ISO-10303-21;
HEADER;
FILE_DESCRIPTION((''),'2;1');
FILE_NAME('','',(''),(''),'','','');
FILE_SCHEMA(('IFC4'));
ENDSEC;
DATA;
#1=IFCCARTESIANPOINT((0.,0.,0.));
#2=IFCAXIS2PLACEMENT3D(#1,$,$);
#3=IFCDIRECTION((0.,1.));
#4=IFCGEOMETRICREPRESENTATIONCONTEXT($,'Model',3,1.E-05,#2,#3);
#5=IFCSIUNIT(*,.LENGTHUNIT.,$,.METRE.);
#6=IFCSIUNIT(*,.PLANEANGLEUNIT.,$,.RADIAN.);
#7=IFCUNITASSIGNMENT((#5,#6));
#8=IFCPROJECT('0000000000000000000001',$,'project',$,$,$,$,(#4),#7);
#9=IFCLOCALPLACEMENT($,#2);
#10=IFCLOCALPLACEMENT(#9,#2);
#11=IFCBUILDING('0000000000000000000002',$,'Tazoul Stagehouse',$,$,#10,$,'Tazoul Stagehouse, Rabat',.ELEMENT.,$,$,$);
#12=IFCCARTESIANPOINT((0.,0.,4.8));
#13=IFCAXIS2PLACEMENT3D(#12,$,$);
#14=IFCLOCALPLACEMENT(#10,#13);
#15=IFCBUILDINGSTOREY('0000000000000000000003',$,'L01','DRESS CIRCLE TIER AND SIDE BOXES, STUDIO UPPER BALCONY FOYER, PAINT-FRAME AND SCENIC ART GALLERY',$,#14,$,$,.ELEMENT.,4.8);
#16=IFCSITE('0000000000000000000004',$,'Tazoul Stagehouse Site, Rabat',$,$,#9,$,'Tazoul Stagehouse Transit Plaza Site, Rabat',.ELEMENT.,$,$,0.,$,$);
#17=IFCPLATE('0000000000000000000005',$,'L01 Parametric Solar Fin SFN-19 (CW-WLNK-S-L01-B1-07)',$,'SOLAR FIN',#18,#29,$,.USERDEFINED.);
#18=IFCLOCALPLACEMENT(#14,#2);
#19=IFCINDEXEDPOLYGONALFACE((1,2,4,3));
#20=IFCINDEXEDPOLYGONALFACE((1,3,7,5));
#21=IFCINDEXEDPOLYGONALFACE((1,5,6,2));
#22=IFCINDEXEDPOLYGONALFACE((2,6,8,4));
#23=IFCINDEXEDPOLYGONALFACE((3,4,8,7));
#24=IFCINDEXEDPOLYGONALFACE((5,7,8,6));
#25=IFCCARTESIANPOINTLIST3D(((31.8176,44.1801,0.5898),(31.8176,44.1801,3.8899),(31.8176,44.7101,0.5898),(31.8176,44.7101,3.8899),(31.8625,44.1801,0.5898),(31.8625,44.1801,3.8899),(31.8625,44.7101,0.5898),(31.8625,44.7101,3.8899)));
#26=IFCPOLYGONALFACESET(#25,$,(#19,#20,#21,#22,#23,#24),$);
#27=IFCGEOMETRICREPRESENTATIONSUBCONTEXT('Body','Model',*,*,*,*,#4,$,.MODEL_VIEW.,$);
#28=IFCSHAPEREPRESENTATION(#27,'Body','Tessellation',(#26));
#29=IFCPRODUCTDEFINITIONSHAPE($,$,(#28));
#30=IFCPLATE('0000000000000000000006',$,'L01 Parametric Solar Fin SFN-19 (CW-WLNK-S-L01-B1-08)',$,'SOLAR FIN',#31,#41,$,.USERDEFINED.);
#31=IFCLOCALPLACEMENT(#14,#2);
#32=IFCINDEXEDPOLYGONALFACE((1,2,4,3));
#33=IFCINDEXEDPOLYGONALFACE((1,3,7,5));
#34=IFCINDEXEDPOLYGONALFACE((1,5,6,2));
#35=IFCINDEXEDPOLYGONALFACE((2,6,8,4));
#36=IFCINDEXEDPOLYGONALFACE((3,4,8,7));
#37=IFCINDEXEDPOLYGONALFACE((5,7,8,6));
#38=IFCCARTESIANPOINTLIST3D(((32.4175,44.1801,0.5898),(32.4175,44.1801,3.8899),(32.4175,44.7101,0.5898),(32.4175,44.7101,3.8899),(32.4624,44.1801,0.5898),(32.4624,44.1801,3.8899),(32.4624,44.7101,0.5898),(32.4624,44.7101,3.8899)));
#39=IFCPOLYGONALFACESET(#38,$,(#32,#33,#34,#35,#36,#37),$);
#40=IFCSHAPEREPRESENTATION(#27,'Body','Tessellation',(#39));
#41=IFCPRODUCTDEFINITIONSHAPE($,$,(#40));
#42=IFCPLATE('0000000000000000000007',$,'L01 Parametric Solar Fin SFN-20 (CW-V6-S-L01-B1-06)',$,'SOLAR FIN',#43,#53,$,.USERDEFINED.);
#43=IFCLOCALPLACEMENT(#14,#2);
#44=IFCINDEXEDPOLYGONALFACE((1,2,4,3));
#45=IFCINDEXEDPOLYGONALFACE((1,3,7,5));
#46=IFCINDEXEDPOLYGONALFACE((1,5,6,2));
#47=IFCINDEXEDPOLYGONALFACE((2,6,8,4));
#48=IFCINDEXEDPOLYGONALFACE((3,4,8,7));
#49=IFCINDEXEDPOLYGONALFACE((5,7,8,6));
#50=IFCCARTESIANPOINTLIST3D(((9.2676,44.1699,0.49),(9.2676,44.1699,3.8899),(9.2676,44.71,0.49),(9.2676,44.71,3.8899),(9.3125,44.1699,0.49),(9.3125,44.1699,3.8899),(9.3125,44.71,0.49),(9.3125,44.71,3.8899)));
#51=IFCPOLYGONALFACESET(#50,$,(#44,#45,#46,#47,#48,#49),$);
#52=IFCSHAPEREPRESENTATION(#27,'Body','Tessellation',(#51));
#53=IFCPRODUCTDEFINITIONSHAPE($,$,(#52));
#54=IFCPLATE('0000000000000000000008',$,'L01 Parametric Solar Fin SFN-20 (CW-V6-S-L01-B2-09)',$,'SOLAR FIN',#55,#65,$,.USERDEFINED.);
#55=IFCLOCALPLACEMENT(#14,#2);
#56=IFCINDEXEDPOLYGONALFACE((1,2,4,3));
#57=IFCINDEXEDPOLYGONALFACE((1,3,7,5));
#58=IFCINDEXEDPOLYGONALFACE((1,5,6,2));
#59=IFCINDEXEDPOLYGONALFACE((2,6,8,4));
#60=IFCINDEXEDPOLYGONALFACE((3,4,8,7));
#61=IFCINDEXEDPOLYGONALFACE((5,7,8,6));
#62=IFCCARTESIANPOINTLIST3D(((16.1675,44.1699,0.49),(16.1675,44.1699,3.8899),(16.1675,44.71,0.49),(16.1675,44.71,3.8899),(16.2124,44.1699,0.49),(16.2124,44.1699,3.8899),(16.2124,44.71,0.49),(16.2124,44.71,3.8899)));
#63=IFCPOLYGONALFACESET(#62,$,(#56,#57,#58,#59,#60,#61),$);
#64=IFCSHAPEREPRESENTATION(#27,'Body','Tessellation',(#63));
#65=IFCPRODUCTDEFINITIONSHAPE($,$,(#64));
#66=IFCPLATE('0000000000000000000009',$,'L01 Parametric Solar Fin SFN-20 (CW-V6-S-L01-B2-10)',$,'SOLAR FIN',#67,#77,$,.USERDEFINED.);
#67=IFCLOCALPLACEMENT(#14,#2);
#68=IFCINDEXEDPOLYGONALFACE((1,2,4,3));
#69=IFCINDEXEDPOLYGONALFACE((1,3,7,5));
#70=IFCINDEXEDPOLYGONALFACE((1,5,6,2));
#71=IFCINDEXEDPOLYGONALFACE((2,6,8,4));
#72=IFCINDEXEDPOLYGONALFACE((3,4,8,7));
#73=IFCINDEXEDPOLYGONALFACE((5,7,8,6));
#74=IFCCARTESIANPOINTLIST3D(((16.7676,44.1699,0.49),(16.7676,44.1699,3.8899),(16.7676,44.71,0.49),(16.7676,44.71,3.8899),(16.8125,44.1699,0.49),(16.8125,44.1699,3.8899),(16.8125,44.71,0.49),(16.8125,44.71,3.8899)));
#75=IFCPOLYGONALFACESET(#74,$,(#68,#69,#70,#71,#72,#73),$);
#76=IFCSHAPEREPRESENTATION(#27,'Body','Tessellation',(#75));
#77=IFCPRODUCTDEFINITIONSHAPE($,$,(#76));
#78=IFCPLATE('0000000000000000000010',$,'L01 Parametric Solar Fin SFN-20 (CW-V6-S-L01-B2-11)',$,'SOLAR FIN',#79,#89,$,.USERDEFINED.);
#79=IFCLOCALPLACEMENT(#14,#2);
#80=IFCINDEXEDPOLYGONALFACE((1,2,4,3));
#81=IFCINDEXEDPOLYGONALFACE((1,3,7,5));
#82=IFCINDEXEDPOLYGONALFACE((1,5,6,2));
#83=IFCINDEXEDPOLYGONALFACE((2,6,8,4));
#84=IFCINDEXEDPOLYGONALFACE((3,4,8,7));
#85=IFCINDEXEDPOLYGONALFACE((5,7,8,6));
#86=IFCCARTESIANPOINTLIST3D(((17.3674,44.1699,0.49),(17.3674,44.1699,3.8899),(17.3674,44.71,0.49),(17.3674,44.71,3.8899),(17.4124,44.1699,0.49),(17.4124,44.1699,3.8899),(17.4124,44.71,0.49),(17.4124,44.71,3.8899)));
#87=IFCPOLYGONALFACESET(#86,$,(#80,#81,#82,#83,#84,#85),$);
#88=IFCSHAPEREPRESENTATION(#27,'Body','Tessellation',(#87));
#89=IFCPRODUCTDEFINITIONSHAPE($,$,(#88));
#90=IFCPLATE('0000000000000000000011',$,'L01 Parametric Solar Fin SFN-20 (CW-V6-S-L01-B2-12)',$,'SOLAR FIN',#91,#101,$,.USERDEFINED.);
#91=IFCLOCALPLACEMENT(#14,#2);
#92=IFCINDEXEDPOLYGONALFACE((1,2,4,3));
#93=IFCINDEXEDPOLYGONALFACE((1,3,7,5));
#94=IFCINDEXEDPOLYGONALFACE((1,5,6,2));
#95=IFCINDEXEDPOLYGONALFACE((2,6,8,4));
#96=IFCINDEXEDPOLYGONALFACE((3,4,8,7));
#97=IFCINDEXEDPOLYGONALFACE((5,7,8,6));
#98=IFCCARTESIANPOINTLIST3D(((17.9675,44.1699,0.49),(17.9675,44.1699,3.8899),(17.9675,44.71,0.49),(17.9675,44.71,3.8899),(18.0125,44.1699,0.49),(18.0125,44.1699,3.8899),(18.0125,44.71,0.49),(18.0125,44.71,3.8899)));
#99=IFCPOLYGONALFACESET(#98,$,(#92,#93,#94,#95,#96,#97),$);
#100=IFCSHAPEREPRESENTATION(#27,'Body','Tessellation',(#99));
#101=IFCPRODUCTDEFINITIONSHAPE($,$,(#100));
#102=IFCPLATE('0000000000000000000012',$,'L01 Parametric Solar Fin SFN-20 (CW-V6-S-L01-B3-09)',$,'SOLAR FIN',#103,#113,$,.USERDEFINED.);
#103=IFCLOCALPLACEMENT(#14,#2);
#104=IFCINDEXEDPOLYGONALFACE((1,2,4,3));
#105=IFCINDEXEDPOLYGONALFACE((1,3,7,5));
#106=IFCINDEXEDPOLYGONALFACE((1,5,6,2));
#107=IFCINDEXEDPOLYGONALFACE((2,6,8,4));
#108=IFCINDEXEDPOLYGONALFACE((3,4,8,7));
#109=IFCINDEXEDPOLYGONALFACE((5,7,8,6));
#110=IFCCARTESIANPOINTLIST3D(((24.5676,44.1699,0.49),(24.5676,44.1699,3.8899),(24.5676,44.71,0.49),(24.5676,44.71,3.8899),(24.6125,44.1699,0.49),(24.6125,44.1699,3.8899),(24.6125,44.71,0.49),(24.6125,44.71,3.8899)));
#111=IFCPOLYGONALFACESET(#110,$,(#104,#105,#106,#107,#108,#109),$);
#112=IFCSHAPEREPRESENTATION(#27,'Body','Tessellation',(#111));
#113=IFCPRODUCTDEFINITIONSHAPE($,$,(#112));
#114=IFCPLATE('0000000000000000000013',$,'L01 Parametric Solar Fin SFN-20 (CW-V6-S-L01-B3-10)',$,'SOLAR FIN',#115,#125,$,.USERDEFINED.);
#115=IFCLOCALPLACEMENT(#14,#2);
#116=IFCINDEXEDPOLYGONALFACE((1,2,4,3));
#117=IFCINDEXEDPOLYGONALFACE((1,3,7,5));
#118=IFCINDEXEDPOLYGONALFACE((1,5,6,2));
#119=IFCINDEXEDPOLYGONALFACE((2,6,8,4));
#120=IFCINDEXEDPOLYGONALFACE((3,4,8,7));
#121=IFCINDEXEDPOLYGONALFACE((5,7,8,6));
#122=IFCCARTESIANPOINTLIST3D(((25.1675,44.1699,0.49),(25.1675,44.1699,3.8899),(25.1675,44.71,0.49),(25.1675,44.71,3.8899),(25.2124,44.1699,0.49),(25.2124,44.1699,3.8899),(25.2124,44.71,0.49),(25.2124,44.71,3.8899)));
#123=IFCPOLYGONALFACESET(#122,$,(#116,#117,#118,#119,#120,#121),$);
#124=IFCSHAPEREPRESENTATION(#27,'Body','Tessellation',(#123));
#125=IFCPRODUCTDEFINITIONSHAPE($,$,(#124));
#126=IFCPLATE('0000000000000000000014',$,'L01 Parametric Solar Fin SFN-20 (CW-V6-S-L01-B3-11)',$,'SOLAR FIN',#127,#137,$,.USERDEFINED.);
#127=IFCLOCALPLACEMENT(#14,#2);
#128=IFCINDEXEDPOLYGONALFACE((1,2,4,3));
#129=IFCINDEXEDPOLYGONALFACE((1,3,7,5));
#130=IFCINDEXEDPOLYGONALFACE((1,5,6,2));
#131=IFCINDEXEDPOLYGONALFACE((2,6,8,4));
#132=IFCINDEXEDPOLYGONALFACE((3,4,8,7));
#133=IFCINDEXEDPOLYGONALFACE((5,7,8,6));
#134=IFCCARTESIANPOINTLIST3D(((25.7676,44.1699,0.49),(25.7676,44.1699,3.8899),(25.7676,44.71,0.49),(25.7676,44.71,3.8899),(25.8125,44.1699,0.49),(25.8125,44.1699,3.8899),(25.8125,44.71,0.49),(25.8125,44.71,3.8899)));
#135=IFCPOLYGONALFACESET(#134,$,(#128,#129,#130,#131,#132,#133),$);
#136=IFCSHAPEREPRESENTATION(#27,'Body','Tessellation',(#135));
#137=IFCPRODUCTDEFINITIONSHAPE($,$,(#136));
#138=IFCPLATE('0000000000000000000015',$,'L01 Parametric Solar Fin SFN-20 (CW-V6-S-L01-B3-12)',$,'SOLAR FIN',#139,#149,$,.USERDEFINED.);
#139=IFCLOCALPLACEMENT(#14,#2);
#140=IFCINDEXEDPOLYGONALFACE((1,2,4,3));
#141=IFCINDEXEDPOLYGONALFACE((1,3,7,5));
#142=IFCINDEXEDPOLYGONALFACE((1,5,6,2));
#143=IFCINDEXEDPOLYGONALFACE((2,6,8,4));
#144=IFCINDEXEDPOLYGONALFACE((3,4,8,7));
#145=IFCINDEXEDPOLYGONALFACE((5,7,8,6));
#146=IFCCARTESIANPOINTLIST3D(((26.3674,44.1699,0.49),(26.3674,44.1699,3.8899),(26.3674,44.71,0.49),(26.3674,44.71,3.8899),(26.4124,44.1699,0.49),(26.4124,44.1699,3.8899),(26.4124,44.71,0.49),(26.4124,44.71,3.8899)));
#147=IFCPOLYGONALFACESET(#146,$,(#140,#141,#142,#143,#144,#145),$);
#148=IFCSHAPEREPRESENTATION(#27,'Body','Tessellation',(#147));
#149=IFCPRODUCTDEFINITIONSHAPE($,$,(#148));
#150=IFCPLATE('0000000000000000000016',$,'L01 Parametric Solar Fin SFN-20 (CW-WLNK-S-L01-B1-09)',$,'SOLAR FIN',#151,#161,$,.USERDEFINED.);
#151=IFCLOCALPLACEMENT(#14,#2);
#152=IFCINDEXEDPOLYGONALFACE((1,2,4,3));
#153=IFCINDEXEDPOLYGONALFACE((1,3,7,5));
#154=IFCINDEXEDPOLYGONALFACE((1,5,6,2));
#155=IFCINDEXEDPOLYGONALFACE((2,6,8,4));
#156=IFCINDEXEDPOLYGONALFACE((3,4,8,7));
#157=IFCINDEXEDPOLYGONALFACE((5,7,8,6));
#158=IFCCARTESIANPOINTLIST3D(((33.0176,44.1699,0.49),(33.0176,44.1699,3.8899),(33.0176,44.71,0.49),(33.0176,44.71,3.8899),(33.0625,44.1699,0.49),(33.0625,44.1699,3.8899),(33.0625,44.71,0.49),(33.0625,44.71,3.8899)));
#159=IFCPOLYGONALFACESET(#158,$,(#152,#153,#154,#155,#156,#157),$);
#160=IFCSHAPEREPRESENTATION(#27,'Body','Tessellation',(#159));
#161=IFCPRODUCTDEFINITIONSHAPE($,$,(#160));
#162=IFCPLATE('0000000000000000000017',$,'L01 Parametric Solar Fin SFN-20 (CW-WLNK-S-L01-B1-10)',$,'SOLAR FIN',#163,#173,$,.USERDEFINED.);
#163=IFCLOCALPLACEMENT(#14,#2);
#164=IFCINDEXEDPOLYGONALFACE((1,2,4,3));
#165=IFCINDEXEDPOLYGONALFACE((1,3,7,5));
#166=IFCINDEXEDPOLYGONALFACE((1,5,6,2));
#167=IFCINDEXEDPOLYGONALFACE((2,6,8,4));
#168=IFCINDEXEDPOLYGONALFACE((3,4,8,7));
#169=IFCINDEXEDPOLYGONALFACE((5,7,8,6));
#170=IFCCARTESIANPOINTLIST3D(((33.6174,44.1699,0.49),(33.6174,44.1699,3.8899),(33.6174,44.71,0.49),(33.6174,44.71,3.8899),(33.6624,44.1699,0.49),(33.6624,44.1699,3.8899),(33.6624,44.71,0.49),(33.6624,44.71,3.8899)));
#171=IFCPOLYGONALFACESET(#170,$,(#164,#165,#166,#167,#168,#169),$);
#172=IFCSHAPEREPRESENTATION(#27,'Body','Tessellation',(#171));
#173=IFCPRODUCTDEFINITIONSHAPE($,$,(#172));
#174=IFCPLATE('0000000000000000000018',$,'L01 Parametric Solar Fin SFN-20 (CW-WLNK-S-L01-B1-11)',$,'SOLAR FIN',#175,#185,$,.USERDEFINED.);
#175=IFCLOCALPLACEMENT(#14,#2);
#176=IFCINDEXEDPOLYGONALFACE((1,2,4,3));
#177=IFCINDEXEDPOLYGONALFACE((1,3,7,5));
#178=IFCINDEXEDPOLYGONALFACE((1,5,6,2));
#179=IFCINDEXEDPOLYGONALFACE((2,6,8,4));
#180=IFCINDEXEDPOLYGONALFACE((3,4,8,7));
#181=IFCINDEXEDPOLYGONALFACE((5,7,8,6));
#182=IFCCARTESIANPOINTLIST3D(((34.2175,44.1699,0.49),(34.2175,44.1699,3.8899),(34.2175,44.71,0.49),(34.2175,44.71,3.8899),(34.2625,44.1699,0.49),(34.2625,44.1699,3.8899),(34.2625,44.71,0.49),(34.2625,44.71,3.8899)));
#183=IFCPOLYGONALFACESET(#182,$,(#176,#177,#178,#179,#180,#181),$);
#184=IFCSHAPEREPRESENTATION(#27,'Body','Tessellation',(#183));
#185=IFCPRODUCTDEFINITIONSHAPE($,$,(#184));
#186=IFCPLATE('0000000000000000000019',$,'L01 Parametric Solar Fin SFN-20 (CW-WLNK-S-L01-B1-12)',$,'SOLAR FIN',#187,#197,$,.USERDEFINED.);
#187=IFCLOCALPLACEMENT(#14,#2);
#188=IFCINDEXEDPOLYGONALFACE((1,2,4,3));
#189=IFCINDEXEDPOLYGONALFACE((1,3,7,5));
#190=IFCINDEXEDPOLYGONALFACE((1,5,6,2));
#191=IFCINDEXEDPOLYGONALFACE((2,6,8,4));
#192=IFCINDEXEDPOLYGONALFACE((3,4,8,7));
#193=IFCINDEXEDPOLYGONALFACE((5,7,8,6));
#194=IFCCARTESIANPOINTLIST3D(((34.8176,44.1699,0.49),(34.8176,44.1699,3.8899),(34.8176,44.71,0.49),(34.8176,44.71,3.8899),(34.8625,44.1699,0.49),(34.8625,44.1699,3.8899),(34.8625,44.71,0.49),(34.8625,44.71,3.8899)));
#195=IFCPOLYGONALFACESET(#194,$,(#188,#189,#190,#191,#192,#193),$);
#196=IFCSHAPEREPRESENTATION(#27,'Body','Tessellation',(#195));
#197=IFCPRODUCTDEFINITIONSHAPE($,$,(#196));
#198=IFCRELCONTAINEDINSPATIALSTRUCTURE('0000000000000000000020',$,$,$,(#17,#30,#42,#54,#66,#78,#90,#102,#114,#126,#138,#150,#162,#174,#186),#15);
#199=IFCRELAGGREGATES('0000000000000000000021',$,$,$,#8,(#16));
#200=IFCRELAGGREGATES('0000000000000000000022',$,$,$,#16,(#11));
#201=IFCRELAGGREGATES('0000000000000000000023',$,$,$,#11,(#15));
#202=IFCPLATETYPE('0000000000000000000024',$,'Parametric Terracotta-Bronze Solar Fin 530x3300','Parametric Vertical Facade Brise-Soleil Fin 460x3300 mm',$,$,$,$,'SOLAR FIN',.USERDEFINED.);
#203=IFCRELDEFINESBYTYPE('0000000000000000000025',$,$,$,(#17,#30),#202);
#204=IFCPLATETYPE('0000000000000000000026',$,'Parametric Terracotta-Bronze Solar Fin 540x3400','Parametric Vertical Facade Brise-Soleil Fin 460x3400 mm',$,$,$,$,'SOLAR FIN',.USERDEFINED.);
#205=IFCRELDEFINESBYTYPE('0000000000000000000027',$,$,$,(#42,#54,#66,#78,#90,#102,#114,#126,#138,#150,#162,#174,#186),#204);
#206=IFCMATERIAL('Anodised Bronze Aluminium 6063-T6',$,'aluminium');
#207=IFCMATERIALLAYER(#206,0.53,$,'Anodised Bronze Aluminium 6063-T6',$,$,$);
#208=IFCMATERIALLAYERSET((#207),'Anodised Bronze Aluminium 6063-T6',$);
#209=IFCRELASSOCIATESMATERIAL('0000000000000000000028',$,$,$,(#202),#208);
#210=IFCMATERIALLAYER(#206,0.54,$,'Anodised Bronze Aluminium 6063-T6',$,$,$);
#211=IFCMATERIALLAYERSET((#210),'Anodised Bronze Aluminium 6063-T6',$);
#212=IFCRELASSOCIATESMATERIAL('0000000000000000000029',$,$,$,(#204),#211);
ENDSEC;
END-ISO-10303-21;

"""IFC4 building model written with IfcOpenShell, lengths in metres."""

from ifc_helpers import new_model, si_unit, direction, frame, origin, origin_2d, place, context, subcontext, project, spatial, rectangle, extrude, material, layer, layer_set, type_object, element, save


model = new_model("IFC4")

# Units and contexts
model_context = context("Model", 3, precision=1e-05, world=origin(), true_north=direction((0.0, 1.0)))
body_context = subcontext(model_context, "Body", "Model", "MODEL_VIEW")
ifc_project = project(units=[si_unit("LENGTHUNIT", "METRE"), si_unit("PLANEANGLEUNIT", "RADIAN")], contexts=[model_context])

# Site, building, storey
site_placement = place(None, origin())
site = spatial("IfcSite", under=ifc_project, at=site_placement, Name="Tazoul Stagehouse Site, Rabat", LongName="Tazoul Stagehouse Transit Plaza Site, Rabat", CompositionType="ELEMENT", RefElevation=0.0)
building_placement = place(site_placement, origin())
building = spatial("IfcBuilding", under=site, at=building_placement, Name="Tazoul Stagehouse", LongName="Tazoul Stagehouse, Rabat", CompositionType="ELEMENT")
storey_placement = place(building_placement, frame((0.0, 0.0, 4.8)))
storey = spatial("IfcBuildingStorey", under=building, at=storey_placement, Name="L01", Description="DRESS CIRCLE TIER AND SIDE BOXES, STUDIO UPPER BALCONY FOYER, PAINT-FRAME AND SCENIC ART GALLERY", CompositionType="ELEMENT", Elevation=4.8)

# Plates
ifc_material_1 = material(Name="Anodised Bronze Aluminium 6063-T6", Category="aluminium")
ifc_layer_1 = layer(ifc_material_1, 0.53, Name="Anodised Bronze Aluminium 6063-T6")
ifc_layer_set_1 = layer_set([ifc_layer_1], Name="Anodised Bronze Aluminium 6063-T6")
plate_type_1 = type_object("IfcPlateType", Name="Parametric Terracotta-Bronze Solar Fin 530x3300", Description="Parametric Vertical Facade Brise-Soleil Fin 460x3300 mm", ElementType="SOLAR FIN", PredefinedType="USERDEFINED", material=ifc_layer_set_1)
for number, where, z_axis, x_axis, name in (
    (1, (31.8401, 44.4451, 0.5898), (0.0, 0.0, 1.0), (1.0, 0.0, 0.0), "L01 Parametric Solar Fin SFN-19 (CW-WLNK-S-L01-B1-07)"),
    (2, (32.4399, 44.4451, 0.5898), (0.0, 0.0, 1.0), (1.0, 0.0, 0.0), "L01 Parametric Solar Fin SFN-19 (CW-WLNK-S-L01-B1-08)"),
):
    element("IfcPlate", number, at=place(storey_placement, frame(where, z_axis=z_axis, x_axis=x_axis)), inside=storey, type_object=plate_type_1, Name=name, ObjectType="SOLAR FIN", PredefinedType="USERDEFINED", context=body_context, shape_type="SweptSolid", body=[
        extrude(rectangle(XDim=0.0449, YDim=0.53, at=origin_2d()), origin(), (0.0, 0.0, 1.0), 3.3),
    ])
ifc_layer_2 = layer(ifc_material_1, 0.54, Name="Anodised Bronze Aluminium 6063-T6")
ifc_layer_set_2 = layer_set([ifc_layer_2], Name="Anodised Bronze Aluminium 6063-T6")
plate_type_2 = type_object("IfcPlateType", Name="Parametric Terracotta-Bronze Solar Fin 540x3400", Description="Parametric Vertical Facade Brise-Soleil Fin 460x3400 mm", ElementType="SOLAR FIN", PredefinedType="USERDEFINED", material=ifc_layer_set_2)
for number, where, z_axis, x_axis, name in (
    (3, (9.29, 44.4399, 0.49), (0.0, 0.0, 1.0), (1.0, 0.0, 0.0), "L01 Parametric Solar Fin SFN-20 (CW-V6-S-L01-B1-06)"),
    (4, (16.1899, 44.4399, 0.49), (0.0, 0.0, 1.0), (1.0, 0.0, 0.0), "L01 Parametric Solar Fin SFN-20 (CW-V6-S-L01-B2-09)"),
    (5, (16.79, 44.4399, 0.49), (0.0, 0.0, 1.0), (1.0, 0.0, 0.0), "L01 Parametric Solar Fin SFN-20 (CW-V6-S-L01-B2-10)"),
    (6, (17.3899, 44.4399, 0.49), (0.0, 0.0, 1.0), (1.0, 0.0, 0.0), "L01 Parametric Solar Fin SFN-20 (CW-V6-S-L01-B2-11)"),
    (7, (17.99, 44.4399, 0.49), (0.0, 0.0, 1.0), (1.0, 0.0, 0.0), "L01 Parametric Solar Fin SFN-20 (CW-V6-S-L01-B2-12)"),
    (8, (24.5901, 44.4399, 0.49), (0.0, 0.0, 1.0), (1.0, 0.0, 0.0), "L01 Parametric Solar Fin SFN-20 (CW-V6-S-L01-B3-09)"),
    (9, (25.1899, 44.4399, 0.49), (0.0, 0.0, 1.0), (1.0, 0.0, 0.0), "L01 Parametric Solar Fin SFN-20 (CW-V6-S-L01-B3-10)"),
    (10, (25.79, 44.4399, 0.49), (0.0, 0.0, 1.0), (1.0, 0.0, 0.0), "L01 Parametric Solar Fin SFN-20 (CW-V6-S-L01-B3-11)"),
    (11, (26.3899, 44.4399, 0.49), (0.0, 0.0, 1.0), (1.0, 0.0, 0.0), "L01 Parametric Solar Fin SFN-20 (CW-V6-S-L01-B3-12)"),
    (12, (33.04, 44.4399, 0.49), (0.0, 0.0, 1.0), (1.0, 0.0, 0.0), "L01 Parametric Solar Fin SFN-20 (CW-WLNK-S-L01-B1-09)"),
    (13, (33.6399, 44.4399, 0.49), (0.0, 0.0, 1.0), (1.0, 0.0, 0.0), "L01 Parametric Solar Fin SFN-20 (CW-WLNK-S-L01-B1-10)"),
    (14, (34.24, 44.4399, 0.49), (0.0, 0.0, 1.0), (1.0, 0.0, 0.0), "L01 Parametric Solar Fin SFN-20 (CW-WLNK-S-L01-B1-11)"),
    (15, (34.8401, 44.4399, 0.49), (0.0, 0.0, 1.0), (1.0, 0.0, 0.0), "L01 Parametric Solar Fin SFN-20 (CW-WLNK-S-L01-B1-12)"),
):
    element("IfcPlate", number, at=place(storey_placement, frame(where, z_axis=z_axis, x_axis=x_axis)), inside=storey, type_object=plate_type_2, Name=name, ObjectType="SOLAR FIN", PredefinedType="USERDEFINED", context=body_context, shape_type="SweptSolid", body=[
        extrude(rectangle(XDim=0.0449, YDim=0.54, at=origin_2d()), origin(), (0.0, 0.0, 1.0), 3.3999),
    ])

save(model, "model.ifc")
